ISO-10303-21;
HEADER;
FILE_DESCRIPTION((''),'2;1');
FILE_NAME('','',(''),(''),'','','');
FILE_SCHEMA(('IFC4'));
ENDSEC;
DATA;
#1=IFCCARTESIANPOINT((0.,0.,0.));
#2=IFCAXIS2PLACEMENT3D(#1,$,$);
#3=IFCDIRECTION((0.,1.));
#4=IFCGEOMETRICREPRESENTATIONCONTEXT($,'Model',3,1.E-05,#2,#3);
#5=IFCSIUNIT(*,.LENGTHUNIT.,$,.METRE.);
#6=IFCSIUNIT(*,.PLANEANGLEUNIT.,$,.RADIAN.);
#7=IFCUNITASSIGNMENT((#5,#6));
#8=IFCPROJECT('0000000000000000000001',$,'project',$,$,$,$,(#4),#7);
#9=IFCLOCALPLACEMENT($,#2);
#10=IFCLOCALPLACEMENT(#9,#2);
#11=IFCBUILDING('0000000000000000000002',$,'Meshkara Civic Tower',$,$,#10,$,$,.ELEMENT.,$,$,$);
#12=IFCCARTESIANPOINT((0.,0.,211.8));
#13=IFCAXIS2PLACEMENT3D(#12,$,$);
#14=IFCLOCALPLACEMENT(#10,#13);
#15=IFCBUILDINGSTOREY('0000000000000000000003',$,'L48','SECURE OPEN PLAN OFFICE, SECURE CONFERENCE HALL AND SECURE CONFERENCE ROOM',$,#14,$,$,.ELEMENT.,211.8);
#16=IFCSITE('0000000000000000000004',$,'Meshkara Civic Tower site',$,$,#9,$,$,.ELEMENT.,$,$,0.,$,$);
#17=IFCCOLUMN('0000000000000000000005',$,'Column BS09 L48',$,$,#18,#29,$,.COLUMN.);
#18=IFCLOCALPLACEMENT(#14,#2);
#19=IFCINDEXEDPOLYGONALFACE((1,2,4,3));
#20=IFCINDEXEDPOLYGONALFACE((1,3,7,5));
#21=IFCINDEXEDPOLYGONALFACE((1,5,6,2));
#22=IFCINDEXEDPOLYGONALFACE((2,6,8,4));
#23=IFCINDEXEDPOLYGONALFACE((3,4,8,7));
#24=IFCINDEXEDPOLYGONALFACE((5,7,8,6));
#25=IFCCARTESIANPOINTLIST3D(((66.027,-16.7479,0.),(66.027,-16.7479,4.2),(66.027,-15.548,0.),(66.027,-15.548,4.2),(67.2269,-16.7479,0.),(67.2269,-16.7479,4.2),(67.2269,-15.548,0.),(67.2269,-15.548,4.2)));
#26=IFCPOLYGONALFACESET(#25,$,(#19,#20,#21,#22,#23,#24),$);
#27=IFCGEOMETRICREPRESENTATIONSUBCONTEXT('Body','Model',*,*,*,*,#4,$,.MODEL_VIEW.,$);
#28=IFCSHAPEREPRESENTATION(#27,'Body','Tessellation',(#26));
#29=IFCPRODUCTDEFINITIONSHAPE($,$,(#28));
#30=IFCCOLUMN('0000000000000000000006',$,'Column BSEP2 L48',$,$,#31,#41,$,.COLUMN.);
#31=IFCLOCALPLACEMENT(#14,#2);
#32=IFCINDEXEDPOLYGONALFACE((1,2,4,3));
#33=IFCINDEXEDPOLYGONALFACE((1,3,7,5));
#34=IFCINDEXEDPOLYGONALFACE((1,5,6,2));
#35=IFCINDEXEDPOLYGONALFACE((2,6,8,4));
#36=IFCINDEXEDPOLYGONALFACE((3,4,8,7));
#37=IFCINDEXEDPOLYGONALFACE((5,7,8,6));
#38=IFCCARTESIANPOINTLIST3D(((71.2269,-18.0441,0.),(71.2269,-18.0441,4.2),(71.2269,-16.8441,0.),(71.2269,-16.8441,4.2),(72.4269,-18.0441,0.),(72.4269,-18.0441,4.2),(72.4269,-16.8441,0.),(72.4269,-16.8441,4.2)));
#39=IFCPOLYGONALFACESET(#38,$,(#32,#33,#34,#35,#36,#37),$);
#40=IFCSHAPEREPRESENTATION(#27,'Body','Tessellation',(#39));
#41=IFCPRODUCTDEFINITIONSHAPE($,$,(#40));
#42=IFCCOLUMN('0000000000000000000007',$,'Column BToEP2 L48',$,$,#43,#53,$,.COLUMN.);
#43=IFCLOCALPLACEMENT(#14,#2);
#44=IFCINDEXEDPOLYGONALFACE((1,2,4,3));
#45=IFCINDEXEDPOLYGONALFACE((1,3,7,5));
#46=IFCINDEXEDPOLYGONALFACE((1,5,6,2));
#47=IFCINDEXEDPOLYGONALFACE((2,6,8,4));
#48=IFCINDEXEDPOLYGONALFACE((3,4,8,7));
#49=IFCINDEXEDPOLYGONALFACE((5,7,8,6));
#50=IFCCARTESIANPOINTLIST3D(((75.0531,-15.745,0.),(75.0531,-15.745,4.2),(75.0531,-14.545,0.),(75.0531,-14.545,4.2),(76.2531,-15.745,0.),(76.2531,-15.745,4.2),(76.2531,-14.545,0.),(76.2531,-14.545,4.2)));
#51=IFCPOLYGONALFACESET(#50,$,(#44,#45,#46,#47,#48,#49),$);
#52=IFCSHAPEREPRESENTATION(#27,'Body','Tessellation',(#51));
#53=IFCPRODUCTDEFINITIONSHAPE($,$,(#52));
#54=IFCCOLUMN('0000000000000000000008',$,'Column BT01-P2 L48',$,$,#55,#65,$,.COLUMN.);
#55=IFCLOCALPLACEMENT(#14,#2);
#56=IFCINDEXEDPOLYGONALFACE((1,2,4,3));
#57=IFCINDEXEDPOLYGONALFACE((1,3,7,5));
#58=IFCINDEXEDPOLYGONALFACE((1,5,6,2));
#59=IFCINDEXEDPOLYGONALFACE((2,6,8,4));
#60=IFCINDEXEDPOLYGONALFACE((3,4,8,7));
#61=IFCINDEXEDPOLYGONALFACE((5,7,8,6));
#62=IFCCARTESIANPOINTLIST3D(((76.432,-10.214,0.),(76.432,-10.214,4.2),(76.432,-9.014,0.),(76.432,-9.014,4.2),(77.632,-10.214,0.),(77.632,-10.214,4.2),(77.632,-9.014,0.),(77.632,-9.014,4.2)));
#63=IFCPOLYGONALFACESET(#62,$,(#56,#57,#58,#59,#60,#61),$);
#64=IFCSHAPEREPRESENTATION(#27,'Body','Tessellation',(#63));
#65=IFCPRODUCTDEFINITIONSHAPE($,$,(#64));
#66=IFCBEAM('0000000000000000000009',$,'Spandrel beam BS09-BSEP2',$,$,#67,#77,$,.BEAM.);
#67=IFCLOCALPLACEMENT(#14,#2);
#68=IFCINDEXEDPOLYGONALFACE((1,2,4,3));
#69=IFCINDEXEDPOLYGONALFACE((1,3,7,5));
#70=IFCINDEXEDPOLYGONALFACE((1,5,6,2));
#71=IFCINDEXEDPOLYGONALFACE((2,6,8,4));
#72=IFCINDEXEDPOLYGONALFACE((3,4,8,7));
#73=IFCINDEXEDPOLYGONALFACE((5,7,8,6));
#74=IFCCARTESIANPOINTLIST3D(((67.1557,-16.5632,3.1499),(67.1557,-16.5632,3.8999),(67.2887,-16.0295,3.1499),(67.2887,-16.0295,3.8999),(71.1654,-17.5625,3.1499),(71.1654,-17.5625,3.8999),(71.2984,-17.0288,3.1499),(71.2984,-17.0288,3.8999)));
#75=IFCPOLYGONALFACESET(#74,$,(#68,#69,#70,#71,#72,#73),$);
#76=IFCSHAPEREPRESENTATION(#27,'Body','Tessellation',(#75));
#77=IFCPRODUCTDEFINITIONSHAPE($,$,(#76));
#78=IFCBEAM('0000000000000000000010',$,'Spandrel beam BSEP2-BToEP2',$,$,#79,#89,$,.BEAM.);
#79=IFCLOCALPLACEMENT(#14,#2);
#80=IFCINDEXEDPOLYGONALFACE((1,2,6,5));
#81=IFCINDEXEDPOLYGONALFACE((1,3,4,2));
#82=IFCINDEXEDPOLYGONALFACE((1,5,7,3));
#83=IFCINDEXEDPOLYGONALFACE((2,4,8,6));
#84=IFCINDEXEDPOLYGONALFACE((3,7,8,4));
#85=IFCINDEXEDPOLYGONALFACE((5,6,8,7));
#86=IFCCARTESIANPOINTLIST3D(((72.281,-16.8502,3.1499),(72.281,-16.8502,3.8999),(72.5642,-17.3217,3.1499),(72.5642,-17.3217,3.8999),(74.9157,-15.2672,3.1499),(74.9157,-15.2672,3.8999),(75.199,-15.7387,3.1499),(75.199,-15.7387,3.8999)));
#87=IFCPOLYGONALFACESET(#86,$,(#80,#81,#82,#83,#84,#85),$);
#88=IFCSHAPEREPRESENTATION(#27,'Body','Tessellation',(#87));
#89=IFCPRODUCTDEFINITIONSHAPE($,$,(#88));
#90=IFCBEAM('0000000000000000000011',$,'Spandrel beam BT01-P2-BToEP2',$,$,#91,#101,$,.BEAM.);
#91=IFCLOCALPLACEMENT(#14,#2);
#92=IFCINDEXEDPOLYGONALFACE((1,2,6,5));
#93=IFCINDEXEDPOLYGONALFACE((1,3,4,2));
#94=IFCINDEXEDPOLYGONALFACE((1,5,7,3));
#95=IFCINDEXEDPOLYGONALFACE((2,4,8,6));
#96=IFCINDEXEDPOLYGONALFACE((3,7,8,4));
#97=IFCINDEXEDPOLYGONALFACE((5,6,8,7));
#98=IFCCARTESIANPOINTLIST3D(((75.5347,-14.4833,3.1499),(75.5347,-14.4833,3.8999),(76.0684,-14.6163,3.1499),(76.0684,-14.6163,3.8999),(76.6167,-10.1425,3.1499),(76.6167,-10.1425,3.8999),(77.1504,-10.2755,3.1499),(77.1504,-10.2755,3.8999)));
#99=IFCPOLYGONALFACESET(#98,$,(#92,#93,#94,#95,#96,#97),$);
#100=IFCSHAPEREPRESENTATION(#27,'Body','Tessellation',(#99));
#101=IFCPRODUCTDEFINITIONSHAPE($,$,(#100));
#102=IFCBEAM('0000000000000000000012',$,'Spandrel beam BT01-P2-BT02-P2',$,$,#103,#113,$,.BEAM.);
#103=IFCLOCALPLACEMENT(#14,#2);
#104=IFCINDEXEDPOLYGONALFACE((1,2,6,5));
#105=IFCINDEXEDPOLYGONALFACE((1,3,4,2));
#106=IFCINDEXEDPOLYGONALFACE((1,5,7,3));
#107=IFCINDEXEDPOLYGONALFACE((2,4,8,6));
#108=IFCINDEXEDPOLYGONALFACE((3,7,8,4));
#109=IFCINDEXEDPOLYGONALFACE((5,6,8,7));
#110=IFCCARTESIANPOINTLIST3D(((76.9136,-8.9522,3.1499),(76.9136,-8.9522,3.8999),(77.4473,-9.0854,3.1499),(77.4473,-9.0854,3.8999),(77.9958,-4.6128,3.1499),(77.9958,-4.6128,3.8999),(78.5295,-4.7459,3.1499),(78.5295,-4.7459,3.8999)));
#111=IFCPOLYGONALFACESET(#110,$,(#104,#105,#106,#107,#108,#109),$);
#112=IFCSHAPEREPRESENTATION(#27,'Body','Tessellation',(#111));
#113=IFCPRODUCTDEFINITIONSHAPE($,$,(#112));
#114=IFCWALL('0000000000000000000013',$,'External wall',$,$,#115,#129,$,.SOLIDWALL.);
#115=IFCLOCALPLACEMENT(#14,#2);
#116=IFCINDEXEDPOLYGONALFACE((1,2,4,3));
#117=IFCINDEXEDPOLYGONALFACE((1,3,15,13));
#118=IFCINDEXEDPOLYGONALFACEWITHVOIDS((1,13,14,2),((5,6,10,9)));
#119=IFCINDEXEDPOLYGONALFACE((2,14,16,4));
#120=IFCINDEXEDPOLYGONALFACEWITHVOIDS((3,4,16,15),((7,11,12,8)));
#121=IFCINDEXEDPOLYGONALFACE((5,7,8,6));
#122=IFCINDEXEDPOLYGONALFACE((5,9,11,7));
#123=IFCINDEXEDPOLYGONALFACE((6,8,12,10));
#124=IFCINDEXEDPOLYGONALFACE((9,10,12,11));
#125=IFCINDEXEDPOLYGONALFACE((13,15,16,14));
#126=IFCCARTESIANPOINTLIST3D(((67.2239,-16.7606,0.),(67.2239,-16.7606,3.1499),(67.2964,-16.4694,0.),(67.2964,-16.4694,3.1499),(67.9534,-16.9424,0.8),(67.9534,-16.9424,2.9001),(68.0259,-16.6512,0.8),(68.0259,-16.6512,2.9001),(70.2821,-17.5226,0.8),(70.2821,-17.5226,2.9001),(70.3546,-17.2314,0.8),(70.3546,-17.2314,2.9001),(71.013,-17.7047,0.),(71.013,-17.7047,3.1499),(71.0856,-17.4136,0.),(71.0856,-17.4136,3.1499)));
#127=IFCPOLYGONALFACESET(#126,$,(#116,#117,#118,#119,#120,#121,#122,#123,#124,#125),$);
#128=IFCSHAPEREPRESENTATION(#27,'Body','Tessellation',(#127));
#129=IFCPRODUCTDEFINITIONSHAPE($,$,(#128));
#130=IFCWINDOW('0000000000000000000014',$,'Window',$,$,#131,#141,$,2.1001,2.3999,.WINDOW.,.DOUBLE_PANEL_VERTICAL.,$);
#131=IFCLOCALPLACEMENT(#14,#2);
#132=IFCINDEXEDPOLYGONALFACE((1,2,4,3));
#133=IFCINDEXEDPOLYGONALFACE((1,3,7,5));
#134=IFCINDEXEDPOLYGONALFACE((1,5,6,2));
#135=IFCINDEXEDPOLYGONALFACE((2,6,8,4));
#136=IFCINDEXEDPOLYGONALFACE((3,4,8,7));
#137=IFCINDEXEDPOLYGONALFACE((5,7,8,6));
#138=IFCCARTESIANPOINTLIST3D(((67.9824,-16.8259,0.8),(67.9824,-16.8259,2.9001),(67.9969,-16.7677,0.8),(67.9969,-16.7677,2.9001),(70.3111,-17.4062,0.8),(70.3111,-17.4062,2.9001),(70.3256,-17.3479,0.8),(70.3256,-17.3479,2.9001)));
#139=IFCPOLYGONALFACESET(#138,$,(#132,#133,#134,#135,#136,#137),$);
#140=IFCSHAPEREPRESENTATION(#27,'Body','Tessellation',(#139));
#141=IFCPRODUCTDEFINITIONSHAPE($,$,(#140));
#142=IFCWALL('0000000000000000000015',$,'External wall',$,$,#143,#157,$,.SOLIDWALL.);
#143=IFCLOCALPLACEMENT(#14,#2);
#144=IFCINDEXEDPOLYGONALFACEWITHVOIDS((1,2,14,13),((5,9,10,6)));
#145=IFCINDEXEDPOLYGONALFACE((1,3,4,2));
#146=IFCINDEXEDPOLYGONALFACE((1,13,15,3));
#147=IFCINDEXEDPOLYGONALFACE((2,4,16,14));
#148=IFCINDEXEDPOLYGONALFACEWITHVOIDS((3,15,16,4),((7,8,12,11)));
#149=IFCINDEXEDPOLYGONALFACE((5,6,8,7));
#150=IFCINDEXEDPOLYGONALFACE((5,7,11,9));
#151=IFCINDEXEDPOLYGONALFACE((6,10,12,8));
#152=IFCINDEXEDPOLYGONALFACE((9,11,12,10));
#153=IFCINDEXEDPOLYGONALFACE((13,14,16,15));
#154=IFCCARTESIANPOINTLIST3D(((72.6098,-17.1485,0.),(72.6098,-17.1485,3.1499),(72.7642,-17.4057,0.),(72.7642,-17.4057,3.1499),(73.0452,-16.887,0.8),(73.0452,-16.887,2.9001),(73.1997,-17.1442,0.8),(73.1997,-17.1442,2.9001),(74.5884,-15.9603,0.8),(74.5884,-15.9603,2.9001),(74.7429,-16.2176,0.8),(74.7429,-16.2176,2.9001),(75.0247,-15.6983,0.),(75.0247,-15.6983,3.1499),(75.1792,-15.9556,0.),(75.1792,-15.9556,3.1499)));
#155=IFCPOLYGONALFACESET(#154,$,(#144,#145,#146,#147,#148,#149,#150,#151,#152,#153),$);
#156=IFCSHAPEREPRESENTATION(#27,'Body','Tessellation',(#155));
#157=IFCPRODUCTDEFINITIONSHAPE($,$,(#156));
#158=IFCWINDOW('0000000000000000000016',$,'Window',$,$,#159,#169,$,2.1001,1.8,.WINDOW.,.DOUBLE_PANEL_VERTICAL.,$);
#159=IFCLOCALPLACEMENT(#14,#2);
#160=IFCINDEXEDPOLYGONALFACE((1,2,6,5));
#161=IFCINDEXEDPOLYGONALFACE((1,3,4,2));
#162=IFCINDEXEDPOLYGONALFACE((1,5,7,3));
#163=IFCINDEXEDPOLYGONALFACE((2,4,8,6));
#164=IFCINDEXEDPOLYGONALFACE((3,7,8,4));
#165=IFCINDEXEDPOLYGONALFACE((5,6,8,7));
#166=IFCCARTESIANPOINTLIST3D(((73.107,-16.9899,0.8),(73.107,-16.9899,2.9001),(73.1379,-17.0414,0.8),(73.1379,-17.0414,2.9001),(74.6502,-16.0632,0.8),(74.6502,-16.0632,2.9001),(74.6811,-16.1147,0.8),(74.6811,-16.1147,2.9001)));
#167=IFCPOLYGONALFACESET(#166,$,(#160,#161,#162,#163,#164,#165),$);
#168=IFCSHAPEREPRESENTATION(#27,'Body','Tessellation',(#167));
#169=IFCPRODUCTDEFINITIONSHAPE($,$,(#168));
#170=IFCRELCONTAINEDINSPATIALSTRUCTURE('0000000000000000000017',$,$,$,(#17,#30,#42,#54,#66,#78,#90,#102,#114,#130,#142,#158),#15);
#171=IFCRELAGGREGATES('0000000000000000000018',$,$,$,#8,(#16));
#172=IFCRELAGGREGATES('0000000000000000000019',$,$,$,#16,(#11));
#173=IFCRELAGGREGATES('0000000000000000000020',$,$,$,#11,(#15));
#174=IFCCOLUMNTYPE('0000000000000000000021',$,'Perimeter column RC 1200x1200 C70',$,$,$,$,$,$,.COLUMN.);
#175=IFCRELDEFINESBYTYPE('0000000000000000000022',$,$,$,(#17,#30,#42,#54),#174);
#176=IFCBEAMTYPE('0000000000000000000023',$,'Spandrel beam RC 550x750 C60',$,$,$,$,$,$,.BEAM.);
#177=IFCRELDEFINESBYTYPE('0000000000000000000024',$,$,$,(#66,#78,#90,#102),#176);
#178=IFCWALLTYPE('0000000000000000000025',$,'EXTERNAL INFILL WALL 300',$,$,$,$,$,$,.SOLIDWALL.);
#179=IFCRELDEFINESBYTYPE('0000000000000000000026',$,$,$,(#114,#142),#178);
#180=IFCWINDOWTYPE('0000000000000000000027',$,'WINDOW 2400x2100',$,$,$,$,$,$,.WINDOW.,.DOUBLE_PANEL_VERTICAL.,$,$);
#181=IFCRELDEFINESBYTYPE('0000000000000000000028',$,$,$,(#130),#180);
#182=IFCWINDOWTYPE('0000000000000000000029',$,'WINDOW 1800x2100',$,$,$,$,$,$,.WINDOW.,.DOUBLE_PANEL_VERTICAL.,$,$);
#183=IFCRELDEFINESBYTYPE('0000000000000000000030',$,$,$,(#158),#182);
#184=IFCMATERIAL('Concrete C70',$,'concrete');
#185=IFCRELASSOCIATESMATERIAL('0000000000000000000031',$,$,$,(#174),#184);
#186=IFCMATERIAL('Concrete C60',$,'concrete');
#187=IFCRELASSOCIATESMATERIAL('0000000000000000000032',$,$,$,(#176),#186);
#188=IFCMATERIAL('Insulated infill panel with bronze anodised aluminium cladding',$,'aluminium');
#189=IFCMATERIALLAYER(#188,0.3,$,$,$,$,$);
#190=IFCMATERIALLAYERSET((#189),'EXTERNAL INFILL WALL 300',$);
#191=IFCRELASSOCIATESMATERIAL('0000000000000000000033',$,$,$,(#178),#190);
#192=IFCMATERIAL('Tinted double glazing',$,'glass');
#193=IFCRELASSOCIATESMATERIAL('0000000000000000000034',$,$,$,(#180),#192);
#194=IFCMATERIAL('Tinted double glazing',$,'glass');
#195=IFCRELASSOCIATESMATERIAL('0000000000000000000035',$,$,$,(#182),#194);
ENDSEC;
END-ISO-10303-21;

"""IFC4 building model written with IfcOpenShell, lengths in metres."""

from ifc_helpers import new_model, si_unit, direction, frame, frame_2d, origin, origin_2d, place, context, subcontext, project, spatial, rectangle, extrude, material, layer, layer_set, material_profile, profile_set, type_object, element, fill, save


model = new_model("IFC4")

# Units and contexts
model_context = context("Model", 3, precision=1e-05, world=origin(), true_north=direction((0.0, 1.0)))
body_context = subcontext(model_context, "Body", "Model", "MODEL_VIEW")
ifc_project = project(units=[si_unit("LENGTHUNIT", "METRE"), si_unit("PLANEANGLEUNIT", "RADIAN")], contexts=[model_context])

# Site, building, storey
site_placement = place(None, origin())
site = spatial("IfcSite", under=ifc_project, at=site_placement, Name="Meshkara Civic Tower site", CompositionType="ELEMENT", RefElevation=0.0)
building_placement = place(site_placement, origin())
building = spatial("IfcBuilding", under=site, at=building_placement, Name="Meshkara Civic Tower", CompositionType="ELEMENT")
storey_placement = place(building_placement, frame((0.0, 0.0, 211.8)))
storey = spatial("IfcBuildingStorey", under=building, at=storey_placement, Name="L48", Description="SECURE OPEN PLAN OFFICE, SECURE CONFERENCE HALL AND SECURE CONFERENCE ROOM", CompositionType="ELEMENT", Elevation=211.8)

# Columns
ifc_material_1 = material(Name="Concrete C70", Category="concrete")
ifc_material_profile_1 = material_profile(ifc_material_1, rectangle(XDim=1.2, YDim=1.2, at=origin_2d()))
ifc_profile_set_1 = profile_set([ifc_material_profile_1], Name="Concrete C70")
column_type = type_object("IfcColumnType", Name="Perimeter column RC 1200x1200 C70", PredefinedType="COLUMN", material=ifc_profile_set_1)
for number, where, z_axis, x_axis, name in (
    (1, (66.627, -16.1479, 0.0), (0.0, 0.0, 1.0), (1.0, 0.0, 0.0), "Column BS09 L48"),
    (2, (71.8269, -17.4441, 0.0), (0.0, 0.0, 1.0), (1.0, 0.0, 0.0), "Column BSEP2 L48"),
    (3, (75.6531, -15.145, 0.0), (0.0, 0.0, 1.0), (1.0, 0.0, 0.0), "Column BToEP2 L48"),
    (4, (77.032, -9.614, 0.0), (0.0, 0.0, 1.0), (1.0, 0.0, 0.0), "Column BT01-P2 L48"),
):
    element("IfcColumn", number, at=place(storey_placement, frame(where, z_axis=z_axis, x_axis=x_axis)), inside=storey, type_object=column_type, Name=name, PredefinedType="COLUMN", context=body_context, shape_type="SweptSolid", body=[
        extrude(rectangle(XDim=1.2, YDim=1.2, at=origin_2d()), origin(), (0.0, 0.0, 1.0), 4.2),
    ])

# Beams
ifc_material_2 = material(Name="Concrete C60", Category="concrete")
ifc_material_profile_2 = material_profile(ifc_material_2, rectangle(XDim=0.55, YDim=0.75, at=origin_2d()))
ifc_profile_set_2 = profile_set([ifc_material_profile_2], Name="Concrete C60")
beam_type = type_object("IfcBeamType", Name="Spandrel beam RC 550x750 C60", PredefinedType="BEAM", material=ifc_profile_set_2)
beam_1_placement = place(storey_placement, frame((67.2222, -16.2964, 3.5249), z_axis=(0.970323, -0.241813, 0.0), x_axis=(0.241813, 0.970323, 0.0)))
element("IfcBeam", 5, at=beam_1_placement, inside=storey, type_object=beam_type, Name="Spandrel beam BS09-BSEP2", PredefinedType="BEAM", context=body_context, shape_type="SweptSolid", body=[
    extrude(rectangle(XDim=0.55, YDim=0.75, at=origin_2d()), origin(), (0.0, 0.0, 1.0), 4.1323),
])
beam_2_placement = place(storey_placement, frame((72.4226, -17.0859, 3.5249), z_axis=(0.857184, 0.51501, 0.0), x_axis=(-0.51501, 0.857184, 0.0)))
element("IfcBeam", 6, at=beam_2_placement, inside=storey, type_object=beam_type, Name="Spandrel beam BSEP2-BToEP2", PredefinedType="BEAM", context=body_context, shape_type="SweptSolid", body=[
    extrude(rectangle(XDim=0.55, YDim=0.75, at=origin_2d()), origin(), (0.0, 0.0, 1.0), 3.0737),
])
beam_3_placement = place(storey_placement, frame((75.8015, -14.5498, 3.5249), z_axis=(0.241868, 0.970309, 0.0), x_axis=(-0.970309, 0.241868, 0.0)))
element("IfcBeam", 7, at=beam_3_placement, inside=storey, type_object=beam_type, Name="Spandrel beam BT01-P2-BToEP2", PredefinedType="BEAM", context=body_context, shape_type="SweptSolid", body=[
    extrude(rectangle(XDim=0.55, YDim=0.75, at=origin_2d()), origin(), (0.0, 0.0, 1.0), 4.4736),
])
beam_4_placement = place(storey_placement, frame((77.1804, -9.0188, 3.5249), z_axis=(0.241983, 0.97028, 0.0), x_axis=(-0.97028, 0.241983, 0.0)))
element("IfcBeam", 8, at=beam_4_placement, inside=storey, type_object=beam_type, Name="Spandrel beam BT01-P2-BT02-P2", PredefinedType="BEAM", context=body_context, shape_type="SweptSolid", body=[
    extrude(rectangle(XDim=0.55, YDim=0.75, at=origin_2d()), origin(), (0.0, 0.0, 1.0), 4.4724),
])

# Walls, openings, windows
ifc_material_3 = material(Name="Insulated infill panel with bronze anodised aluminium cladding", Category="aluminium")
ifc_layer_1 = layer(ifc_material_3, 0.3)
ifc_layer_set_1 = layer_set([ifc_layer_1], Name="EXTERNAL INFILL WALL 300")
wall_type_1 = type_object("IfcWallType", Name="EXTERNAL INFILL WALL 300", PredefinedType="SOLIDWALL", material=ifc_layer_set_1)
wall_1_placement = place(storey_placement, frame((67.26, -16.615, 0.0), z_axis=(0.0, 0.0, 1.0), x_axis=(0.970333, -0.241771, 0.0)))
wall_1 = element("IfcWall", 9, at=wall_1_placement, inside=storey, type_object=wall_type_1, Name="External wall", PredefinedType="SOLIDWALL", context=body_context, shape_type="SweptSolid", body=[
    extrude(rectangle(XDim=3.905, YDim=0.3, at=frame_2d((1.9526, 0.0))), origin(), (0.0, 0.0, 1.0), 3.1499),
])
opening_1_placement = place(wall_1_placement, frame((0.752, 0.0, 0.8)))
opening_1 = element("IfcOpeningElement", 10, at=opening_1_placement, cuts=wall_1, PredefinedType="OPENING", context=body_context, shape_type="SweptSolid", body=[
    extrude(rectangle(XDim=2.3999, YDim=2.1001, at=frame_2d((1.2, 1.05))), frame((0.0, 0.1599, 0.0), z_axis=(0.0, -1.0, 0.0), x_axis=(1.0, 0.0, 0.0)), (0.0, 0.0, 1.0), 0.3201),
])
ifc_material_4 = material(Name="Tinted double glazing", Category="glass")
window_type_1 = type_object("IfcWindowType", Name="WINDOW 2400x2100", PartitioningType="DOUBLE_PANEL_VERTICAL", PredefinedType="WINDOW", material=ifc_material_4)
window_1_placement = place(opening_1_placement, origin())
window_1 = element("IfcWindow", 11, at=window_1_placement, inside=storey, type_object=window_type_1, Name="Window", OverallHeight=2.1001, OverallWidth=2.3999, PartitioningType="DOUBLE_PANEL_VERTICAL", PredefinedType="WINDOW", context=body_context, shape_type="SweptSolid", body=[
    extrude(rectangle(XDim=2.3999, YDim=2.1001, at=frame_2d((1.2, 1.05))), frame((0.0, 0.03, 0.0), z_axis=(0.0, -1.0, 0.0), x_axis=(1.0, 0.0, 0.0)), (0.0, 0.0, 1.0), 0.0601),
])
fill(opening_1, window_1)
wall_2_placement = place(storey_placement, frame((72.687, -17.2771, 0.0), z_axis=(0.0, 0.0, 1.0), x_axis=(0.857309, 0.514802, 0.0)))
wall_2 = element("IfcWall", 12, at=wall_2_placement, inside=storey, type_object=wall_type_1, Name="External wall", PredefinedType="SOLIDWALL", context=body_context, shape_type="SweptSolid", body=[
    extrude(rectangle(XDim=2.8169, YDim=0.3, at=frame_2d((1.4084, 0.0))), origin(), (0.0, 0.0, 1.0), 3.1499),
])
opening_2_placement = place(wall_2_placement, frame((0.5081, 0.0, 0.8)))
opening_2 = element("IfcOpeningElement", 13, at=opening_2_placement, cuts=wall_2, PredefinedType="OPENING", context=body_context, shape_type="SweptSolid", body=[
    extrude(rectangle(XDim=1.8, YDim=2.1001, at=frame_2d((0.8999, 1.05))), frame((0.0, 0.1599, 0.0), z_axis=(0.0, -1.0, 0.0), x_axis=(1.0, 0.0, 0.0)), (0.0, 0.0, 1.0), 0.3201),
])
ifc_material_5 = material(Name="Tinted double glazing", Category="glass")
window_type_2 = type_object("IfcWindowType", Name="WINDOW 1800x2100", PartitioningType="DOUBLE_PANEL_VERTICAL", PredefinedType="WINDOW", material=ifc_material_5)
window_2_placement = place(opening_2_placement, origin())
window_2 = element("IfcWindow", 14, at=window_2_placement, inside=storey, type_object=window_type_2, Name="Window", OverallHeight=2.1001, OverallWidth=1.8, PartitioningType="DOUBLE_PANEL_VERTICAL", PredefinedType="WINDOW", context=body_context, shape_type="SweptSolid", body=[
    extrude(rectangle(XDim=1.8, YDim=2.1001, at=frame_2d((0.8999, 1.05))), frame((0.0, 0.03, 0.0), z_axis=(0.0, -1.0, 0.0), x_axis=(1.0, 0.0, 0.0)), (0.0, 0.0, 1.0), 0.0601),
])
fill(opening_2, window_2)

save(model, "model.ifc")
